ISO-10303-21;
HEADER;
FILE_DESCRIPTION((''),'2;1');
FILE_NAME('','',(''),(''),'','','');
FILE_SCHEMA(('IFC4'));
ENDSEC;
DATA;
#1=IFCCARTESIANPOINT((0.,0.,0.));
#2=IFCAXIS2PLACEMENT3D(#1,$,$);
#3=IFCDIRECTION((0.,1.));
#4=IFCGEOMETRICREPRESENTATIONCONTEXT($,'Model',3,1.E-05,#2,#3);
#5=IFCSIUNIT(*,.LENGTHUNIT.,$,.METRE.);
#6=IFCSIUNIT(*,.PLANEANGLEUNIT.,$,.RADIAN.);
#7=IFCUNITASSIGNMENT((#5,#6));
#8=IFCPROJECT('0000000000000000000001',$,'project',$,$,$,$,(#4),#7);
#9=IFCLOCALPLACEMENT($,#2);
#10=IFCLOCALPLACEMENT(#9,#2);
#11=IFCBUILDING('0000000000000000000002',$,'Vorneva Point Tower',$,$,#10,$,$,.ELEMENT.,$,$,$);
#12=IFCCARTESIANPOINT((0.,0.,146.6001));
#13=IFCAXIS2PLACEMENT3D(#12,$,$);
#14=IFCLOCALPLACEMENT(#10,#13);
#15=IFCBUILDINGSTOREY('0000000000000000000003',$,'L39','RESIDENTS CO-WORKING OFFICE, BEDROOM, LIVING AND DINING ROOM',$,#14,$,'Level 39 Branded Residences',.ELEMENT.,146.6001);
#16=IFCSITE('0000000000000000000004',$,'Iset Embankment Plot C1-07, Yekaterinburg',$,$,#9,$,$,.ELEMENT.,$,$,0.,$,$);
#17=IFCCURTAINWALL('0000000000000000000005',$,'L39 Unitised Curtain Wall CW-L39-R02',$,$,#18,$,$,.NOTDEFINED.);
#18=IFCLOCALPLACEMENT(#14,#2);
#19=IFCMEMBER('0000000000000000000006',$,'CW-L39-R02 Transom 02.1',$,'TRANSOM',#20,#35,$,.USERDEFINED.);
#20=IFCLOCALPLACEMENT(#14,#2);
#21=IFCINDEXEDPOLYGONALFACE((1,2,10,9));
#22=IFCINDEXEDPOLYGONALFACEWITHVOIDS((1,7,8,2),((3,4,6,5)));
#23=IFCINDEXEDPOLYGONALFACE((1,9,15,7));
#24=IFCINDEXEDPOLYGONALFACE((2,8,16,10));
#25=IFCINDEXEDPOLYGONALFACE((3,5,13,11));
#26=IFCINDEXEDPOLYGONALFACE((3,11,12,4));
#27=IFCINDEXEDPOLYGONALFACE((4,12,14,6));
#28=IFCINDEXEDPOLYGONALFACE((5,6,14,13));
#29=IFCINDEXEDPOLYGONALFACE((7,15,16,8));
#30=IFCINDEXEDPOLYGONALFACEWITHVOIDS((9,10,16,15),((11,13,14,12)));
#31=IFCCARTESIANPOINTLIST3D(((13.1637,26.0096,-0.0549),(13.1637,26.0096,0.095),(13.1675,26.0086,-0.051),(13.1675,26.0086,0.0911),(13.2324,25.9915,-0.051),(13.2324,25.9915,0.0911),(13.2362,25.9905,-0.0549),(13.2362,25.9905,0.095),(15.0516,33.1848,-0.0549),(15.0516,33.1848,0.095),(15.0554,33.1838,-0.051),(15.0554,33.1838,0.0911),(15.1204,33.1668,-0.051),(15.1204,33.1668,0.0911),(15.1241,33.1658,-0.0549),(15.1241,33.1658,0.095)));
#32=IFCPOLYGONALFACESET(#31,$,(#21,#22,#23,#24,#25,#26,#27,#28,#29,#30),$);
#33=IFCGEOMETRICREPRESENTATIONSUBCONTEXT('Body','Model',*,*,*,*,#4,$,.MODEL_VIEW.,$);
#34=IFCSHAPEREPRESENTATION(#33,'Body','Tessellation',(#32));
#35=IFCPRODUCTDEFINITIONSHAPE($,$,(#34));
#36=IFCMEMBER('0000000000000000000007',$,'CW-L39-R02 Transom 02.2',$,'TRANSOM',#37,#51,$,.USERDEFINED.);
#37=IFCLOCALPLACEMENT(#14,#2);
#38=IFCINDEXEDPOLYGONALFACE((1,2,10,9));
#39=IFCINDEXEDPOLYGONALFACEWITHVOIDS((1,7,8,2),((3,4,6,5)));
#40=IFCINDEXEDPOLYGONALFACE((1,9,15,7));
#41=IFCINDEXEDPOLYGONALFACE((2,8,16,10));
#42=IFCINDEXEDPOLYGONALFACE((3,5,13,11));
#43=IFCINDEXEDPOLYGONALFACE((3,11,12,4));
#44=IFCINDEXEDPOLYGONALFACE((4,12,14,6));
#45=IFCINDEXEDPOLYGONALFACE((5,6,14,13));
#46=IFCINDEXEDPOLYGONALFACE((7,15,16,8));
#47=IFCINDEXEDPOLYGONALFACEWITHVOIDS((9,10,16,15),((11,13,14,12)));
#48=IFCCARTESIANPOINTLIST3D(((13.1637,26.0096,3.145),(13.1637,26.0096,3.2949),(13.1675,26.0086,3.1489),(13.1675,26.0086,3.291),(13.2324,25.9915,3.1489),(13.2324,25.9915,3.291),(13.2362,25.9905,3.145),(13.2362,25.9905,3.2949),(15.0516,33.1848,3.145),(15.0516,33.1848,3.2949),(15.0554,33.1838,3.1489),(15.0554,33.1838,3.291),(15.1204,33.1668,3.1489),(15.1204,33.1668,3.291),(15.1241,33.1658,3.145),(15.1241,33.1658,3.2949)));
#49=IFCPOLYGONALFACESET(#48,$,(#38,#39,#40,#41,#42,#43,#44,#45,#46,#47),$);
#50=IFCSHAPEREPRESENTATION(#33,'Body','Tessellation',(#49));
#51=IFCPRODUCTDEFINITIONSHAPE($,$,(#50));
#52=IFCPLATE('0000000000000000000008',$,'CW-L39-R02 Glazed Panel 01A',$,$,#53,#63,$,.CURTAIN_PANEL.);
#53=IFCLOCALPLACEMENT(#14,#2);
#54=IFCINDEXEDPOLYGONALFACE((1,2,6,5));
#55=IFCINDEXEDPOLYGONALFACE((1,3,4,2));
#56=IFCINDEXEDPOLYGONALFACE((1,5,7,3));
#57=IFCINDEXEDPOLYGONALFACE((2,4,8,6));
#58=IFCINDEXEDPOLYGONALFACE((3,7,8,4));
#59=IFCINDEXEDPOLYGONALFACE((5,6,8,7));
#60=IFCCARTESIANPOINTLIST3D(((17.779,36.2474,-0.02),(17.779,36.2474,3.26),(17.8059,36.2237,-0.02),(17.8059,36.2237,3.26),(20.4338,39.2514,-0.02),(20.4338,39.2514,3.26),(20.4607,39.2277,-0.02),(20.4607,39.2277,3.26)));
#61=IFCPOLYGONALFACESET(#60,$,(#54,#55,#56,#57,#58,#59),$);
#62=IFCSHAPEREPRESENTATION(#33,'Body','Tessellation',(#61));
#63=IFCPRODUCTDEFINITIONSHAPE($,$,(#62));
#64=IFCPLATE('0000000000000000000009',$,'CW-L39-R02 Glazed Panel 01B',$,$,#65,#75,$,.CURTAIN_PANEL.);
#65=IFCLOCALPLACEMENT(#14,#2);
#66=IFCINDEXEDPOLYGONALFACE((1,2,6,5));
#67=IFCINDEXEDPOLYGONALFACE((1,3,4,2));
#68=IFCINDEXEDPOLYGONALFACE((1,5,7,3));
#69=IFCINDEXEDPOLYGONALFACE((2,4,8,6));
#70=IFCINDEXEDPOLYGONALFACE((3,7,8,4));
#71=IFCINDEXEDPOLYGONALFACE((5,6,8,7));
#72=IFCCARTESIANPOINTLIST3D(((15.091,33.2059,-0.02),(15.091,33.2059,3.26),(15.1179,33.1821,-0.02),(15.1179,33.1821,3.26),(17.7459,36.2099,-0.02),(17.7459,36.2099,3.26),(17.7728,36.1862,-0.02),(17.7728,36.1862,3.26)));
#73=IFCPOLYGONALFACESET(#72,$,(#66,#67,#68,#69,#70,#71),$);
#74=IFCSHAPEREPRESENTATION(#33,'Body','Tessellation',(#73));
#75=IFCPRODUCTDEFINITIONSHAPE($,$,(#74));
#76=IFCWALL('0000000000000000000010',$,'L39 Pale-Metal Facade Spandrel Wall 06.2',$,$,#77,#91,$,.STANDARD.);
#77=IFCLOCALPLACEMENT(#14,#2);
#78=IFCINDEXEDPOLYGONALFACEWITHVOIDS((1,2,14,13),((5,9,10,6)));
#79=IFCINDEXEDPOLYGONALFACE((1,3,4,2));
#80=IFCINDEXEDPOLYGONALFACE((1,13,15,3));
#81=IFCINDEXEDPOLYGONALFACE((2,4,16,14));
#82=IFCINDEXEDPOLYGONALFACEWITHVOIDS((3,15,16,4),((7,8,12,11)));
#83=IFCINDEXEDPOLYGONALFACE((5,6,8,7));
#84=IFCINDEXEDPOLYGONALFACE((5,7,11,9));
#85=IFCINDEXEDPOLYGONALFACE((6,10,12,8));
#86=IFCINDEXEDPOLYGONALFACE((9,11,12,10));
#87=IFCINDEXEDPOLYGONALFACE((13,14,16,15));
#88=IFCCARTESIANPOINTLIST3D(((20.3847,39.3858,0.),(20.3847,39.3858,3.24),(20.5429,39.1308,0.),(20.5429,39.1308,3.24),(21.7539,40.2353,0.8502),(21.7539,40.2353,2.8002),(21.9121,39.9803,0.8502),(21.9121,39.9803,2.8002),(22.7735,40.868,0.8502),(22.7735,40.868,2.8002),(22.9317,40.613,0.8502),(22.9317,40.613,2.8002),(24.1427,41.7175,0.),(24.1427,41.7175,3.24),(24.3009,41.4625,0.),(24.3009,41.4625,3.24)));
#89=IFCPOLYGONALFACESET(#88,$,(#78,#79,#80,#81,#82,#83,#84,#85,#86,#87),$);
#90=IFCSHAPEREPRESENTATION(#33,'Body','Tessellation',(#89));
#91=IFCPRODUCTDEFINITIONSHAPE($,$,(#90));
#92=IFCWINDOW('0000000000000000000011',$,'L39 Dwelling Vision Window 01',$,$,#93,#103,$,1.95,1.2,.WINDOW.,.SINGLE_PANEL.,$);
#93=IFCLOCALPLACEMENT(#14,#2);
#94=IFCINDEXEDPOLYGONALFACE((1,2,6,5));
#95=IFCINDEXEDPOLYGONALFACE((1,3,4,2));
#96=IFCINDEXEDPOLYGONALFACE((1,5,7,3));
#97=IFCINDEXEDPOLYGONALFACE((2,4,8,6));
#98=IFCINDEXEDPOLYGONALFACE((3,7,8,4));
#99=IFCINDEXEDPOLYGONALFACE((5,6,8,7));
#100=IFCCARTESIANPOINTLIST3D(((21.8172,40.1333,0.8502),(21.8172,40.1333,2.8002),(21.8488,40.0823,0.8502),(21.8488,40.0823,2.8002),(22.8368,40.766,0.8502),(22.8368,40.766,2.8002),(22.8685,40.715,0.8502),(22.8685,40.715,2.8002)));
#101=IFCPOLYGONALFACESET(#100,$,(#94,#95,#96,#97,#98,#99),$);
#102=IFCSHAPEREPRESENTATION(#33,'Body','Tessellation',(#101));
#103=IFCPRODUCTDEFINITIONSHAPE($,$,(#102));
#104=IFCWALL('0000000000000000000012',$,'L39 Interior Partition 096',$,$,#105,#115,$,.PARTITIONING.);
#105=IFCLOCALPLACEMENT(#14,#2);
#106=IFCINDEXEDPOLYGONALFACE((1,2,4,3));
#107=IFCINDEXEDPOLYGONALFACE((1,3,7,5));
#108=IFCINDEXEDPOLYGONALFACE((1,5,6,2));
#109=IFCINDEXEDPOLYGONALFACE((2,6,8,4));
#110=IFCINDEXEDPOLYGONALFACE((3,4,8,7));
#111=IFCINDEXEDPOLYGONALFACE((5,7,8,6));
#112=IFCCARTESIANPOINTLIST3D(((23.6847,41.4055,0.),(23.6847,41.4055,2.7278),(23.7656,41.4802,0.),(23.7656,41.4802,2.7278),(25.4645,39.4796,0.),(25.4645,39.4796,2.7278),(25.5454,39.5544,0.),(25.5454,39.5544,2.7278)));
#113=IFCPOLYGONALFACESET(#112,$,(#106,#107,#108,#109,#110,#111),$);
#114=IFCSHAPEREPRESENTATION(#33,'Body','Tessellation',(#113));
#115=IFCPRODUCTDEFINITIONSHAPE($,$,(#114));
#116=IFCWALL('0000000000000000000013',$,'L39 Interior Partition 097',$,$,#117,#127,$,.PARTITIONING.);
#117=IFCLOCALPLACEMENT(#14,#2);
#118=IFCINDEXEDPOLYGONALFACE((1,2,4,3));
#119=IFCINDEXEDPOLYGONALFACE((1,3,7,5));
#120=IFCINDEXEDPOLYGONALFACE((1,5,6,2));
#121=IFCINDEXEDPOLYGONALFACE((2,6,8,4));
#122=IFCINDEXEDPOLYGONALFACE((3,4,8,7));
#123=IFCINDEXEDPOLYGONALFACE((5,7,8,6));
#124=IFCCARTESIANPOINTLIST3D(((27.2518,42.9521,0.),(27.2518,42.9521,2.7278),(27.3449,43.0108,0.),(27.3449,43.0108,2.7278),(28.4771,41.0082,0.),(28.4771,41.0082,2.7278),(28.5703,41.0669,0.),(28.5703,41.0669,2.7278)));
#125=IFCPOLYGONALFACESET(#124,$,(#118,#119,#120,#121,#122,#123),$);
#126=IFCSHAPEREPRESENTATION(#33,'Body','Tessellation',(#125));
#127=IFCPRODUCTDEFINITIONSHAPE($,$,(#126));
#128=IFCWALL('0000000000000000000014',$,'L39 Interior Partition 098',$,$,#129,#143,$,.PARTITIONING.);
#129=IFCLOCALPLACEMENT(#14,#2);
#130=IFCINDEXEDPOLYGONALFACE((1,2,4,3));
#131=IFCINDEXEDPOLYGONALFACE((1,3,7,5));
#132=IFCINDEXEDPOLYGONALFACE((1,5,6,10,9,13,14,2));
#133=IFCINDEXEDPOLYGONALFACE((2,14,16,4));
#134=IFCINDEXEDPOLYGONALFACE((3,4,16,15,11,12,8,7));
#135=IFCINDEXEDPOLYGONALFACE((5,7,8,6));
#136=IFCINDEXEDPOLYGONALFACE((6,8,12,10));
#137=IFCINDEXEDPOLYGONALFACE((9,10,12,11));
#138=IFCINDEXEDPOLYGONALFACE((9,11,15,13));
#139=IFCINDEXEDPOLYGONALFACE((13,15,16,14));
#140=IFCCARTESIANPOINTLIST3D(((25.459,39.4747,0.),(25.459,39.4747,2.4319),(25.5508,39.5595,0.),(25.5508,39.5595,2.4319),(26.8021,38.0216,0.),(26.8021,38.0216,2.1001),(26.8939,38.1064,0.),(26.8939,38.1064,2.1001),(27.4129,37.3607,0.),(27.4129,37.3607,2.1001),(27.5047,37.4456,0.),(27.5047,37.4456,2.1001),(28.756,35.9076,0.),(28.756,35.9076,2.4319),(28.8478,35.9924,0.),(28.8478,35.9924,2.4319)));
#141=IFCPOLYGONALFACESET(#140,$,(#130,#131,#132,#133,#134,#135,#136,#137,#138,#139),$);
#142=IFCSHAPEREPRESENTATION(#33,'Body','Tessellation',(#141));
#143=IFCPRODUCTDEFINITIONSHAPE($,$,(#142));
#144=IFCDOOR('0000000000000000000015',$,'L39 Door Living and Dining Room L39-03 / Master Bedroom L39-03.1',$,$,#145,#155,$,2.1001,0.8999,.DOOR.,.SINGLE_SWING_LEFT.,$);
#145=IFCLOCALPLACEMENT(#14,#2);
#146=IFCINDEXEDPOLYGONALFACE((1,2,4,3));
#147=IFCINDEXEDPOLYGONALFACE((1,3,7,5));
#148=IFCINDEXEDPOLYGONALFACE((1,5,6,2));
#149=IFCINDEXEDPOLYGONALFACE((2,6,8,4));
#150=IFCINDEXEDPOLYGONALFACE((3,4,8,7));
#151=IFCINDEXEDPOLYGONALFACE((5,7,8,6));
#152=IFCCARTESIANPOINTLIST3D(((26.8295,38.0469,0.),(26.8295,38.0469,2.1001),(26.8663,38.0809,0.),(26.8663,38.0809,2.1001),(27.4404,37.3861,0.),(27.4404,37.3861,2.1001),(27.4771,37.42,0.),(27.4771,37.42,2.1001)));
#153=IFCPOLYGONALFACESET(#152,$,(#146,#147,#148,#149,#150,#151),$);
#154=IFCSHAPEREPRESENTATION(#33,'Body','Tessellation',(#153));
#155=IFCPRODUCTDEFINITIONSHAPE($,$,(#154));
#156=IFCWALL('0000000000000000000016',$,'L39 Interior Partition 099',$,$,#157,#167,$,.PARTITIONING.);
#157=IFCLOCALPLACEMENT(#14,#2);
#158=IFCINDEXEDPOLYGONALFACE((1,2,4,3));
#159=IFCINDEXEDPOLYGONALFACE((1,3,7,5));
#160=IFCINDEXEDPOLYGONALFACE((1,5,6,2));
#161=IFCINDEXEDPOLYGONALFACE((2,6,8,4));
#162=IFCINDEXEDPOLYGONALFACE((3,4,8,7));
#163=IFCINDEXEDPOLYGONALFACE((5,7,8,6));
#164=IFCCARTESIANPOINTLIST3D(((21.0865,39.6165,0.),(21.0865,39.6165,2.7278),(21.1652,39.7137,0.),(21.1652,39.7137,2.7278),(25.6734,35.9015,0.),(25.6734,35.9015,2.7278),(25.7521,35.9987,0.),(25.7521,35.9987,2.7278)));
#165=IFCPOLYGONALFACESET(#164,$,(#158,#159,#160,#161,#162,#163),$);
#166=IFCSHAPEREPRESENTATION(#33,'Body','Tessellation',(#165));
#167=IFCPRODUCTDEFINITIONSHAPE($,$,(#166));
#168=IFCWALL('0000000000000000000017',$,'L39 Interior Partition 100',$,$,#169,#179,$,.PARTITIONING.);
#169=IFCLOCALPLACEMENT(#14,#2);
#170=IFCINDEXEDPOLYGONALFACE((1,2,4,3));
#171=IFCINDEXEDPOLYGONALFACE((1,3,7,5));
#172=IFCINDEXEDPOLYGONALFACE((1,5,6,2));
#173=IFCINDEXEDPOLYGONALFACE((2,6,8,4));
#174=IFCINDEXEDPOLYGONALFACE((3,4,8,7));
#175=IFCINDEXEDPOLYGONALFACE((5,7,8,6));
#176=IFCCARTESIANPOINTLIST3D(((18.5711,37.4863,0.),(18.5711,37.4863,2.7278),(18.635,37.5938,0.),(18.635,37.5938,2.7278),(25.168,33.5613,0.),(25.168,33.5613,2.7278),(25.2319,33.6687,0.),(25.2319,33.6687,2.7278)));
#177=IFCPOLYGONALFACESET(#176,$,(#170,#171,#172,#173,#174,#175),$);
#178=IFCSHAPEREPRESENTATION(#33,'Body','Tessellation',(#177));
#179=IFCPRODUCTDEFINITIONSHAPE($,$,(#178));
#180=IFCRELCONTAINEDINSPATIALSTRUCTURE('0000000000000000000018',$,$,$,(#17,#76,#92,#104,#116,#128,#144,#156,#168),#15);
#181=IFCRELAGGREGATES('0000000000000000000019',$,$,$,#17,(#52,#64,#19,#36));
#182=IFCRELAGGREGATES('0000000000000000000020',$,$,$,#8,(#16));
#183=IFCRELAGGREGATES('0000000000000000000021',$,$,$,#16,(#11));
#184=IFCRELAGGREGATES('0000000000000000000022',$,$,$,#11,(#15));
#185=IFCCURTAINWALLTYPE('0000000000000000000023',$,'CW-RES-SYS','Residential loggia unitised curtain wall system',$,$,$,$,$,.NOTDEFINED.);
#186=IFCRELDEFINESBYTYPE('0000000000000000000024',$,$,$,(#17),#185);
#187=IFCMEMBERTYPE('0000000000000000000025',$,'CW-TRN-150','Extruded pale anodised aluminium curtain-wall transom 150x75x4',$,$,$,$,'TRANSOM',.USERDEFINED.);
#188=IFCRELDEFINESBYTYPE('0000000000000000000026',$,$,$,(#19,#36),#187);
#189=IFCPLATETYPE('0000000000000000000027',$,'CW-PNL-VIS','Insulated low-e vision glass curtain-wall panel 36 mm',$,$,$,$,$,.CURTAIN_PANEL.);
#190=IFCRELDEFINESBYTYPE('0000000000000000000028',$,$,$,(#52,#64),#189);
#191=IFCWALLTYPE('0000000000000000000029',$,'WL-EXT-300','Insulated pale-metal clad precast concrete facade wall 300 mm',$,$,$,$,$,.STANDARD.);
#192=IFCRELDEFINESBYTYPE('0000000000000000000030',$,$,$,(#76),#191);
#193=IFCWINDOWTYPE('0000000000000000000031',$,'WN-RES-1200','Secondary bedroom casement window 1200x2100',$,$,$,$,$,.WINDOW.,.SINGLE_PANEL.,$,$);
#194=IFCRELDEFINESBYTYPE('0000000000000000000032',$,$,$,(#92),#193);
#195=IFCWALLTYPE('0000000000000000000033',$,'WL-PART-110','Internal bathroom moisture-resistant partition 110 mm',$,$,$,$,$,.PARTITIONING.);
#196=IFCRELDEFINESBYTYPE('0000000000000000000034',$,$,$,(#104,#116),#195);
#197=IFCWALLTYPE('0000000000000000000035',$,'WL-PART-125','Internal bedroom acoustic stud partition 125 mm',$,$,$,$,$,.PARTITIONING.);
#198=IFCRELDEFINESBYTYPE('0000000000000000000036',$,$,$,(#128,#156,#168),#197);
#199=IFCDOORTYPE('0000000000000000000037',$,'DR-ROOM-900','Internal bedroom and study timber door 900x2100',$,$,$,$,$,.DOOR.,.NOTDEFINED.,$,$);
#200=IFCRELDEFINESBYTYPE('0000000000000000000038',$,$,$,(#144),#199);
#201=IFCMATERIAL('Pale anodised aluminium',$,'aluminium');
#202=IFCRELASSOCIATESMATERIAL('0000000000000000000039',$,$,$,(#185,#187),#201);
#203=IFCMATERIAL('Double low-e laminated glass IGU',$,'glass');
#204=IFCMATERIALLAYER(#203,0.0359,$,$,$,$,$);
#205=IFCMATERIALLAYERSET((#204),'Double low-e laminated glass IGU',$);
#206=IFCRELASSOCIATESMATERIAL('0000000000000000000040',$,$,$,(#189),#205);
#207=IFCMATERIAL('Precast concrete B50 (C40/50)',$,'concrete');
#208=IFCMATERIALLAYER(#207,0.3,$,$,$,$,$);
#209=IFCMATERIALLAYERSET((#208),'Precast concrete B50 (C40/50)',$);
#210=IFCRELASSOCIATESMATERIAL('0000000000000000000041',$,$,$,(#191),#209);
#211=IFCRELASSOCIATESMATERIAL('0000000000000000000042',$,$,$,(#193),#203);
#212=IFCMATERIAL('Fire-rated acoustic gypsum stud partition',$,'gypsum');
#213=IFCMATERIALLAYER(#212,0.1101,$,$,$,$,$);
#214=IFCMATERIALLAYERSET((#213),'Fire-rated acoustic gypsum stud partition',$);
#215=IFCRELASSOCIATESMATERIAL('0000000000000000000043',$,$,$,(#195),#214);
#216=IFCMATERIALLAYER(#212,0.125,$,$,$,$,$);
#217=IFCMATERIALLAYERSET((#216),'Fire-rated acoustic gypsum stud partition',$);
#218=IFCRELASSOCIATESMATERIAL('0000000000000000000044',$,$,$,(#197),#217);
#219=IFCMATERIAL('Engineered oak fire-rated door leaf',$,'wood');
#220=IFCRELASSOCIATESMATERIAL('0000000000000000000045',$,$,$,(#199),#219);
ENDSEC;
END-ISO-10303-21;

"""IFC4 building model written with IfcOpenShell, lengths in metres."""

from ifc_helpers import new_model, si_unit, direction, frame, frame_2d, origin, origin_2d, place, context, subcontext, project, spatial, rectangle, hollow_rectangle, extrude, material, layer, layer_set, material_profile, profile_set, type_object, element, fill, aggregate, save


model = new_model("IFC4")

# Units and contexts
model_context = context("Model", 3, precision=1e-05, world=origin(), true_north=direction((0.0, 1.0)))
body_context = subcontext(model_context, "Body", "Model", "MODEL_VIEW")
ifc_project = project(units=[si_unit("LENGTHUNIT", "METRE"), si_unit("PLANEANGLEUNIT", "RADIAN")], contexts=[model_context])

# Site, building, storey
site_placement = place(None, origin())
site = spatial("IfcSite", under=ifc_project, at=site_placement, Name="Iset Embankment Plot C1-07, Yekaterinburg", CompositionType="ELEMENT", RefElevation=0.0)
building_placement = place(site_placement, origin())
building = spatial("IfcBuilding", under=site, at=building_placement, Name="Vorneva Point Tower", CompositionType="ELEMENT")
storey_placement = place(building_placement, frame((0.0, 0.0, 146.6001)))
storey = spatial("IfcBuildingStorey", under=building, at=storey_placement, Name="L39", Description="RESIDENTS CO-WORKING OFFICE, BEDROOM, LIVING AND DINING ROOM", LongName="Level 39 Branded Residences", CompositionType="ELEMENT", Elevation=146.6001)

# Curtain wall, members, plates
ifc_material_1 = material(Name="Pale anodised aluminium", Category="aluminium")
curtain_wall_type = type_object("IfcCurtainWallType", Name="CW-RES-SYS", Description="Residential loggia unitised curtain wall system", PredefinedType="NOTDEFINED", material=ifc_material_1)
curtain_wall_placement = place(storey_placement, origin())
curtain_wall = element("IfcCurtainWall", 1, at=curtain_wall_placement, inside=storey, type_object=curtain_wall_type, Name="L39 Unitised Curtain Wall CW-L39-R02", PredefinedType="NOTDEFINED")
ifc_material_profile_1 = material_profile(ifc_material_1, hollow_rectangle(XDim=0.075, YDim=0.1499, WallThickness=0.0039, at=origin_2d()), Name="AL-TRN 150x75x4")
ifc_profile_set_1 = profile_set([ifc_material_profile_1], Name="Pale anodised aluminium")
member_type_1 = type_object("IfcMemberType", Name="CW-TRN-150", Description="Extruded pale anodised aluminium curtain-wall transom 150x75x4", ElementType="TRANSOM", PredefinedType="USERDEFINED", material=ifc_profile_set_1)
member_1_placement = place(storey_placement, frame((15.0879, 33.1753, 0.02), z_axis=(-0.254456, -0.967084, 0.0), x_axis=(0.967084, -0.254456, 0.0)))
member_1 = element("IfcMember", 2, at=member_1_placement, type_object=member_type_1, Name="CW-L39-R02 Transom 02.1", ObjectType="TRANSOM", PredefinedType="USERDEFINED", context=body_context, shape_type="SweptSolid", body=[
    extrude(hollow_rectangle(XDim=0.075, YDim=0.1499, WallThickness=0.0039, at=origin_2d()), origin(), (0.0, 0.0, 1.0), 7.4194),
])
member_2_placement = place(storey_placement, frame((15.0879, 33.1753, 3.22), z_axis=(-0.254456, -0.967084, 0.0), x_axis=(0.967084, -0.254456, 0.0)))
member_2 = element("IfcMember", 3, at=member_2_placement, type_object=member_type_1, Name="CW-L39-R02 Transom 02.2", ObjectType="TRANSOM", PredefinedType="USERDEFINED", context=body_context, shape_type="SweptSolid", body=[
    extrude(hollow_rectangle(XDim=0.075, YDim=0.1499, WallThickness=0.0039, at=origin_2d()), origin(), (0.0, 0.0, 1.0), 7.4194),
])
ifc_material_2 = material(Name="Double low-e laminated glass IGU", Category="glass")
ifc_layer_1 = layer(ifc_material_2, 0.0359)
ifc_layer_set_1 = layer_set([ifc_layer_1], Name="Double low-e laminated glass IGU")
plate_type = type_object("IfcPlateType", Name="CW-PNL-VIS", Description="Insulated low-e vision glass curtain-wall panel 36 mm", PredefinedType="CURTAIN_PANEL", material=ifc_layer_set_1)
plate_1_placement = place(storey_placement, frame((19.1199, 37.7375, -0.02), z_axis=(0.0, 0.0, 1.0), x_axis=(-0.662215, -0.749314, 0.0)))
plate_1 = element("IfcPlate", 4, at=plate_1_placement, type_object=plate_type, Name="CW-L39-R02 Glazed Panel 01A", PredefinedType="CURTAIN_PANEL", context=body_context, shape_type="SweptSolid", body=[
    extrude(rectangle(XDim=4.009, YDim=0.0359, at=origin_2d()), origin(), (0.0, 0.0, 1.0), 3.28),
])
plate_2_placement = place(storey_placement, frame((16.4319, 34.696, -0.02), z_axis=(0.0, 0.0, 1.0), x_axis=(-0.662215, -0.749314, 0.0)))
plate_2 = element("IfcPlate", 5, at=plate_2_placement, type_object=plate_type, Name="CW-L39-R02 Glazed Panel 01B", PredefinedType="CURTAIN_PANEL", context=body_context, shape_type="SweptSolid", body=[
    extrude(rectangle(XDim=4.009, YDim=0.0359, at=origin_2d()), origin(), (0.0, 0.0, 1.0), 3.28),
])
aggregate(curtain_wall, [plate_1, plate_2, member_1, member_2])

# Wall, opening, window
ifc_material_3 = material(Name="Precast concrete B50 (C40/50)", Category="concrete")
ifc_layer_2 = layer(ifc_material_3, 0.3)
ifc_layer_set_2 = layer_set([ifc_layer_2], Name="Precast concrete B50 (C40/50)")
wall_type_1 = type_object("IfcWallType", Name="WL-EXT-300", Description="Insulated pale-metal clad precast concrete facade wall 300 mm", PredefinedType="STANDARD", material=ifc_layer_set_2)
wall_1_placement = place(storey_placement, frame((24.2219, 41.5901, 0.0), z_axis=(0.0, 0.0, 1.0), x_axis=(-0.849721, -0.527232, 0.0)))
wall_1 = element("IfcWall", 6, at=wall_1_placement, inside=storey, type_object=wall_type_1, Name="L39 Pale-Metal Facade Spandrel Wall 06.2", PredefinedType="STANDARD", context=body_context, shape_type="SweptSolid", body=[
    extrude(rectangle(XDim=4.4226, YDim=0.3, at=frame_2d((2.2114, 0.0))), origin(), (0.0, 0.0, 1.0), 3.24),
])
opening_1_placement = place(wall_1_placement, frame((1.6113, 0.0, 0.8501)))
opening_1 = element("IfcOpeningElement", 7, at=opening_1_placement, cuts=wall_1, PredefinedType="OPENING", context=body_context, shape_type="SweptSolid", body=[
    extrude(rectangle(XDim=1.2, YDim=1.95, at=frame_2d((0.6001, 0.9751))), frame((0.0, 0.165, 0.0), z_axis=(0.0, -1.0, 0.0), x_axis=(1.0, 0.0, 0.0)), (0.0, 0.0, 1.0), 0.3298),
])
window_type = type_object("IfcWindowType", Name="WN-RES-1200", Description="Secondary bedroom casement window 1200x2100", PartitioningType="SINGLE_PANEL", PredefinedType="WINDOW", material=ifc_material_2)
window_placement = place(opening_1_placement, origin())
window = element("IfcWindow", 8, at=window_placement, inside=storey, type_object=window_type, Name="L39 Dwelling Vision Window 01", OverallHeight=1.95, OverallWidth=1.2, PartitioningType="SINGLE_PANEL", PredefinedType="WINDOW", context=body_context, shape_type="SweptSolid", body=[
    extrude(rectangle(XDim=1.2, YDim=1.95, at=frame_2d((0.6001, 0.9751))), frame((0.0, 0.03, 0.0), z_axis=(0.0, -1.0, 0.0), x_axis=(1.0, 0.0, 0.0)), (0.0, 0.0, 1.0), 0.0601),
])
fill(opening_1, window)

# Walls
ifc_material_4 = material(Name="Fire-rated acoustic gypsum stud partition", Category="gypsum")
ifc_layer_3 = layer(ifc_material_4, 0.1101)
ifc_layer_set_3 = layer_set([ifc_layer_3], Name="Fire-rated acoustic gypsum stud partition")
wall_type_2 = type_object("IfcWallType", Name="WL-PART-110", Description="Internal bathroom moisture-resistant partition 110 mm", PredefinedType="PARTITIONING", material=ifc_layer_set_3)
wall_2_placement = place(storey_placement, frame((25.5049, 39.5171, 0.0), z_axis=(0.0, 0.0, 1.0), x_axis=(-0.678721, 0.734396, 0.0)))
element("IfcWall", 9, at=wall_2_placement, inside=storey, type_object=wall_type_2, Name="L39 Interior Partition 096", PredefinedType="PARTITIONING", context=body_context, shape_type="SweptSolid", body=[
    extrude(rectangle(XDim=2.6223, YDim=0.1101, at=frame_2d((1.311, 0.0))), origin(), (0.0, 0.0, 1.0), 2.7278),
])
wall_3_placement = place(storey_placement, frame((27.2983, 42.9814, 0.0), z_axis=(0.0, 0.0, 1.0), x_axis=(0.533261, -0.845951, 0.0)))
element("IfcWall", 10, at=wall_3_placement, inside=storey, type_object=wall_type_2, Name="L39 Interior Partition 097", PredefinedType="PARTITIONING", context=body_context, shape_type="SweptSolid", body=[
    extrude(rectangle(XDim=2.2979, YDim=0.1101, at=frame_2d((1.1489, 0.0))), origin(), (0.0, 0.0, 1.0), 2.7278),
])

# Wall, opening, door
ifc_layer_4 = layer(ifc_material_4, 0.125)
ifc_layer_set_4 = layer_set([ifc_layer_4], Name="Fire-rated acoustic gypsum stud partition")
wall_type_3 = type_object("IfcWallType", Name="WL-PART-125", Description="Internal bedroom acoustic stud partition 125 mm", PredefinedType="PARTITIONING", material=ifc_layer_set_4)
wall_4_placement = place(storey_placement, frame((25.5049, 39.5171, 0.0), z_axis=(0.0, 0.0, 1.0), x_axis=(0.678766, -0.734354, 0.0)))
wall_4 = element("IfcWall", 11, at=wall_4_placement, inside=storey, type_object=wall_type_3, Name="L39 Interior Partition 098", PredefinedType="PARTITIONING", context=body_context, shape_type="SweptSolid", body=[
    extrude(rectangle(XDim=4.8574, YDim=0.125, at=frame_2d((2.4287, 0.0))), origin(), (0.0, 0.0, 1.0), 2.4319),
])
opening_2_placement = place(wall_4_placement, frame((1.9788, 0.0, 0.0)))
opening_2 = element("IfcOpeningElement", 12, at=opening_2_placement, cuts=wall_4, PredefinedType="OPENING", context=body_context, shape_type="SweptSolid", body=[
    extrude(rectangle(XDim=0.8999, YDim=2.1001, at=frame_2d((0.45, 1.05))), frame((0.0, 0.0774, 0.0), z_axis=(0.0, -1.0, 0.0), x_axis=(1.0, 0.0, 0.0)), (0.0, 0.0, 1.0), 0.1548),
])
ifc_material_5 = material(Name="Engineered oak fire-rated door leaf", Category="wood")
door_type_1 = type_object("IfcDoorType", Name="DR-ROOM-900", Description="Internal bedroom and study timber door 900x2100", OperationType="NOTDEFINED", PredefinedType="DOOR", material=ifc_material_5)
door_1_placement = place(opening_2_placement, origin())
door_1 = element("IfcDoor", 13, at=door_1_placement, inside=storey, type_object=door_type_1, Name="L39 Door Living and Dining Room L39-03 / Master Bedroom L39-03.1", OperationType="SINGLE_SWING_LEFT", OverallHeight=2.1001, OverallWidth=0.8999, PredefinedType="DOOR", context=body_context, shape_type="SweptSolid", body=[
    extrude(rectangle(XDim=0.8999, YDim=2.1001, at=frame_2d((0.45, 1.05))), frame((0.0, 0.0249, 0.0), z_axis=(0.0, -1.0, 0.0), x_axis=(1.0, 0.0, 0.0)), (0.0, 0.0, 1.0), 0.05),
])
fill(opening_2, door_1)

# Walls
wall_5_placement = place(storey_placement, frame((21.126, 39.665, 0.0), z_axis=(0.0, 0.0, 1.0), x_axis=(0.77709, -0.62939, 0.0)))
element("IfcWall", 14, at=wall_5_placement, inside=storey, type_object=wall_type_3, Name="L39 Interior Partition 099", PredefinedType="PARTITIONING", context=body_context, shape_type="SweptSolid", body=[
    extrude(rectangle(XDim=5.9026, YDim=0.125, at=frame_2d((2.9512, 0.0))), origin(), (0.0, 0.0, 1.0), 2.7278),
])
wall_6_placement = place(storey_placement, frame((18.603, 37.54, 0.0), z_axis=(0.0, 0.0, 1.0), x_axis=(0.85939, -0.511321, 0.0)))
element("IfcWall", 15, at=wall_6_placement, inside=storey, type_object=wall_type_3, Name="L39 Interior Partition 100", PredefinedType="PARTITIONING", context=body_context, shape_type="SweptSolid", body=[
    extrude(rectangle(XDim=7.6763, YDim=0.125, at=frame_2d((3.8381, 0.0))), origin(), (0.0, 0.0, 1.0), 2.7278),
])

save(model, "model.ifc")
